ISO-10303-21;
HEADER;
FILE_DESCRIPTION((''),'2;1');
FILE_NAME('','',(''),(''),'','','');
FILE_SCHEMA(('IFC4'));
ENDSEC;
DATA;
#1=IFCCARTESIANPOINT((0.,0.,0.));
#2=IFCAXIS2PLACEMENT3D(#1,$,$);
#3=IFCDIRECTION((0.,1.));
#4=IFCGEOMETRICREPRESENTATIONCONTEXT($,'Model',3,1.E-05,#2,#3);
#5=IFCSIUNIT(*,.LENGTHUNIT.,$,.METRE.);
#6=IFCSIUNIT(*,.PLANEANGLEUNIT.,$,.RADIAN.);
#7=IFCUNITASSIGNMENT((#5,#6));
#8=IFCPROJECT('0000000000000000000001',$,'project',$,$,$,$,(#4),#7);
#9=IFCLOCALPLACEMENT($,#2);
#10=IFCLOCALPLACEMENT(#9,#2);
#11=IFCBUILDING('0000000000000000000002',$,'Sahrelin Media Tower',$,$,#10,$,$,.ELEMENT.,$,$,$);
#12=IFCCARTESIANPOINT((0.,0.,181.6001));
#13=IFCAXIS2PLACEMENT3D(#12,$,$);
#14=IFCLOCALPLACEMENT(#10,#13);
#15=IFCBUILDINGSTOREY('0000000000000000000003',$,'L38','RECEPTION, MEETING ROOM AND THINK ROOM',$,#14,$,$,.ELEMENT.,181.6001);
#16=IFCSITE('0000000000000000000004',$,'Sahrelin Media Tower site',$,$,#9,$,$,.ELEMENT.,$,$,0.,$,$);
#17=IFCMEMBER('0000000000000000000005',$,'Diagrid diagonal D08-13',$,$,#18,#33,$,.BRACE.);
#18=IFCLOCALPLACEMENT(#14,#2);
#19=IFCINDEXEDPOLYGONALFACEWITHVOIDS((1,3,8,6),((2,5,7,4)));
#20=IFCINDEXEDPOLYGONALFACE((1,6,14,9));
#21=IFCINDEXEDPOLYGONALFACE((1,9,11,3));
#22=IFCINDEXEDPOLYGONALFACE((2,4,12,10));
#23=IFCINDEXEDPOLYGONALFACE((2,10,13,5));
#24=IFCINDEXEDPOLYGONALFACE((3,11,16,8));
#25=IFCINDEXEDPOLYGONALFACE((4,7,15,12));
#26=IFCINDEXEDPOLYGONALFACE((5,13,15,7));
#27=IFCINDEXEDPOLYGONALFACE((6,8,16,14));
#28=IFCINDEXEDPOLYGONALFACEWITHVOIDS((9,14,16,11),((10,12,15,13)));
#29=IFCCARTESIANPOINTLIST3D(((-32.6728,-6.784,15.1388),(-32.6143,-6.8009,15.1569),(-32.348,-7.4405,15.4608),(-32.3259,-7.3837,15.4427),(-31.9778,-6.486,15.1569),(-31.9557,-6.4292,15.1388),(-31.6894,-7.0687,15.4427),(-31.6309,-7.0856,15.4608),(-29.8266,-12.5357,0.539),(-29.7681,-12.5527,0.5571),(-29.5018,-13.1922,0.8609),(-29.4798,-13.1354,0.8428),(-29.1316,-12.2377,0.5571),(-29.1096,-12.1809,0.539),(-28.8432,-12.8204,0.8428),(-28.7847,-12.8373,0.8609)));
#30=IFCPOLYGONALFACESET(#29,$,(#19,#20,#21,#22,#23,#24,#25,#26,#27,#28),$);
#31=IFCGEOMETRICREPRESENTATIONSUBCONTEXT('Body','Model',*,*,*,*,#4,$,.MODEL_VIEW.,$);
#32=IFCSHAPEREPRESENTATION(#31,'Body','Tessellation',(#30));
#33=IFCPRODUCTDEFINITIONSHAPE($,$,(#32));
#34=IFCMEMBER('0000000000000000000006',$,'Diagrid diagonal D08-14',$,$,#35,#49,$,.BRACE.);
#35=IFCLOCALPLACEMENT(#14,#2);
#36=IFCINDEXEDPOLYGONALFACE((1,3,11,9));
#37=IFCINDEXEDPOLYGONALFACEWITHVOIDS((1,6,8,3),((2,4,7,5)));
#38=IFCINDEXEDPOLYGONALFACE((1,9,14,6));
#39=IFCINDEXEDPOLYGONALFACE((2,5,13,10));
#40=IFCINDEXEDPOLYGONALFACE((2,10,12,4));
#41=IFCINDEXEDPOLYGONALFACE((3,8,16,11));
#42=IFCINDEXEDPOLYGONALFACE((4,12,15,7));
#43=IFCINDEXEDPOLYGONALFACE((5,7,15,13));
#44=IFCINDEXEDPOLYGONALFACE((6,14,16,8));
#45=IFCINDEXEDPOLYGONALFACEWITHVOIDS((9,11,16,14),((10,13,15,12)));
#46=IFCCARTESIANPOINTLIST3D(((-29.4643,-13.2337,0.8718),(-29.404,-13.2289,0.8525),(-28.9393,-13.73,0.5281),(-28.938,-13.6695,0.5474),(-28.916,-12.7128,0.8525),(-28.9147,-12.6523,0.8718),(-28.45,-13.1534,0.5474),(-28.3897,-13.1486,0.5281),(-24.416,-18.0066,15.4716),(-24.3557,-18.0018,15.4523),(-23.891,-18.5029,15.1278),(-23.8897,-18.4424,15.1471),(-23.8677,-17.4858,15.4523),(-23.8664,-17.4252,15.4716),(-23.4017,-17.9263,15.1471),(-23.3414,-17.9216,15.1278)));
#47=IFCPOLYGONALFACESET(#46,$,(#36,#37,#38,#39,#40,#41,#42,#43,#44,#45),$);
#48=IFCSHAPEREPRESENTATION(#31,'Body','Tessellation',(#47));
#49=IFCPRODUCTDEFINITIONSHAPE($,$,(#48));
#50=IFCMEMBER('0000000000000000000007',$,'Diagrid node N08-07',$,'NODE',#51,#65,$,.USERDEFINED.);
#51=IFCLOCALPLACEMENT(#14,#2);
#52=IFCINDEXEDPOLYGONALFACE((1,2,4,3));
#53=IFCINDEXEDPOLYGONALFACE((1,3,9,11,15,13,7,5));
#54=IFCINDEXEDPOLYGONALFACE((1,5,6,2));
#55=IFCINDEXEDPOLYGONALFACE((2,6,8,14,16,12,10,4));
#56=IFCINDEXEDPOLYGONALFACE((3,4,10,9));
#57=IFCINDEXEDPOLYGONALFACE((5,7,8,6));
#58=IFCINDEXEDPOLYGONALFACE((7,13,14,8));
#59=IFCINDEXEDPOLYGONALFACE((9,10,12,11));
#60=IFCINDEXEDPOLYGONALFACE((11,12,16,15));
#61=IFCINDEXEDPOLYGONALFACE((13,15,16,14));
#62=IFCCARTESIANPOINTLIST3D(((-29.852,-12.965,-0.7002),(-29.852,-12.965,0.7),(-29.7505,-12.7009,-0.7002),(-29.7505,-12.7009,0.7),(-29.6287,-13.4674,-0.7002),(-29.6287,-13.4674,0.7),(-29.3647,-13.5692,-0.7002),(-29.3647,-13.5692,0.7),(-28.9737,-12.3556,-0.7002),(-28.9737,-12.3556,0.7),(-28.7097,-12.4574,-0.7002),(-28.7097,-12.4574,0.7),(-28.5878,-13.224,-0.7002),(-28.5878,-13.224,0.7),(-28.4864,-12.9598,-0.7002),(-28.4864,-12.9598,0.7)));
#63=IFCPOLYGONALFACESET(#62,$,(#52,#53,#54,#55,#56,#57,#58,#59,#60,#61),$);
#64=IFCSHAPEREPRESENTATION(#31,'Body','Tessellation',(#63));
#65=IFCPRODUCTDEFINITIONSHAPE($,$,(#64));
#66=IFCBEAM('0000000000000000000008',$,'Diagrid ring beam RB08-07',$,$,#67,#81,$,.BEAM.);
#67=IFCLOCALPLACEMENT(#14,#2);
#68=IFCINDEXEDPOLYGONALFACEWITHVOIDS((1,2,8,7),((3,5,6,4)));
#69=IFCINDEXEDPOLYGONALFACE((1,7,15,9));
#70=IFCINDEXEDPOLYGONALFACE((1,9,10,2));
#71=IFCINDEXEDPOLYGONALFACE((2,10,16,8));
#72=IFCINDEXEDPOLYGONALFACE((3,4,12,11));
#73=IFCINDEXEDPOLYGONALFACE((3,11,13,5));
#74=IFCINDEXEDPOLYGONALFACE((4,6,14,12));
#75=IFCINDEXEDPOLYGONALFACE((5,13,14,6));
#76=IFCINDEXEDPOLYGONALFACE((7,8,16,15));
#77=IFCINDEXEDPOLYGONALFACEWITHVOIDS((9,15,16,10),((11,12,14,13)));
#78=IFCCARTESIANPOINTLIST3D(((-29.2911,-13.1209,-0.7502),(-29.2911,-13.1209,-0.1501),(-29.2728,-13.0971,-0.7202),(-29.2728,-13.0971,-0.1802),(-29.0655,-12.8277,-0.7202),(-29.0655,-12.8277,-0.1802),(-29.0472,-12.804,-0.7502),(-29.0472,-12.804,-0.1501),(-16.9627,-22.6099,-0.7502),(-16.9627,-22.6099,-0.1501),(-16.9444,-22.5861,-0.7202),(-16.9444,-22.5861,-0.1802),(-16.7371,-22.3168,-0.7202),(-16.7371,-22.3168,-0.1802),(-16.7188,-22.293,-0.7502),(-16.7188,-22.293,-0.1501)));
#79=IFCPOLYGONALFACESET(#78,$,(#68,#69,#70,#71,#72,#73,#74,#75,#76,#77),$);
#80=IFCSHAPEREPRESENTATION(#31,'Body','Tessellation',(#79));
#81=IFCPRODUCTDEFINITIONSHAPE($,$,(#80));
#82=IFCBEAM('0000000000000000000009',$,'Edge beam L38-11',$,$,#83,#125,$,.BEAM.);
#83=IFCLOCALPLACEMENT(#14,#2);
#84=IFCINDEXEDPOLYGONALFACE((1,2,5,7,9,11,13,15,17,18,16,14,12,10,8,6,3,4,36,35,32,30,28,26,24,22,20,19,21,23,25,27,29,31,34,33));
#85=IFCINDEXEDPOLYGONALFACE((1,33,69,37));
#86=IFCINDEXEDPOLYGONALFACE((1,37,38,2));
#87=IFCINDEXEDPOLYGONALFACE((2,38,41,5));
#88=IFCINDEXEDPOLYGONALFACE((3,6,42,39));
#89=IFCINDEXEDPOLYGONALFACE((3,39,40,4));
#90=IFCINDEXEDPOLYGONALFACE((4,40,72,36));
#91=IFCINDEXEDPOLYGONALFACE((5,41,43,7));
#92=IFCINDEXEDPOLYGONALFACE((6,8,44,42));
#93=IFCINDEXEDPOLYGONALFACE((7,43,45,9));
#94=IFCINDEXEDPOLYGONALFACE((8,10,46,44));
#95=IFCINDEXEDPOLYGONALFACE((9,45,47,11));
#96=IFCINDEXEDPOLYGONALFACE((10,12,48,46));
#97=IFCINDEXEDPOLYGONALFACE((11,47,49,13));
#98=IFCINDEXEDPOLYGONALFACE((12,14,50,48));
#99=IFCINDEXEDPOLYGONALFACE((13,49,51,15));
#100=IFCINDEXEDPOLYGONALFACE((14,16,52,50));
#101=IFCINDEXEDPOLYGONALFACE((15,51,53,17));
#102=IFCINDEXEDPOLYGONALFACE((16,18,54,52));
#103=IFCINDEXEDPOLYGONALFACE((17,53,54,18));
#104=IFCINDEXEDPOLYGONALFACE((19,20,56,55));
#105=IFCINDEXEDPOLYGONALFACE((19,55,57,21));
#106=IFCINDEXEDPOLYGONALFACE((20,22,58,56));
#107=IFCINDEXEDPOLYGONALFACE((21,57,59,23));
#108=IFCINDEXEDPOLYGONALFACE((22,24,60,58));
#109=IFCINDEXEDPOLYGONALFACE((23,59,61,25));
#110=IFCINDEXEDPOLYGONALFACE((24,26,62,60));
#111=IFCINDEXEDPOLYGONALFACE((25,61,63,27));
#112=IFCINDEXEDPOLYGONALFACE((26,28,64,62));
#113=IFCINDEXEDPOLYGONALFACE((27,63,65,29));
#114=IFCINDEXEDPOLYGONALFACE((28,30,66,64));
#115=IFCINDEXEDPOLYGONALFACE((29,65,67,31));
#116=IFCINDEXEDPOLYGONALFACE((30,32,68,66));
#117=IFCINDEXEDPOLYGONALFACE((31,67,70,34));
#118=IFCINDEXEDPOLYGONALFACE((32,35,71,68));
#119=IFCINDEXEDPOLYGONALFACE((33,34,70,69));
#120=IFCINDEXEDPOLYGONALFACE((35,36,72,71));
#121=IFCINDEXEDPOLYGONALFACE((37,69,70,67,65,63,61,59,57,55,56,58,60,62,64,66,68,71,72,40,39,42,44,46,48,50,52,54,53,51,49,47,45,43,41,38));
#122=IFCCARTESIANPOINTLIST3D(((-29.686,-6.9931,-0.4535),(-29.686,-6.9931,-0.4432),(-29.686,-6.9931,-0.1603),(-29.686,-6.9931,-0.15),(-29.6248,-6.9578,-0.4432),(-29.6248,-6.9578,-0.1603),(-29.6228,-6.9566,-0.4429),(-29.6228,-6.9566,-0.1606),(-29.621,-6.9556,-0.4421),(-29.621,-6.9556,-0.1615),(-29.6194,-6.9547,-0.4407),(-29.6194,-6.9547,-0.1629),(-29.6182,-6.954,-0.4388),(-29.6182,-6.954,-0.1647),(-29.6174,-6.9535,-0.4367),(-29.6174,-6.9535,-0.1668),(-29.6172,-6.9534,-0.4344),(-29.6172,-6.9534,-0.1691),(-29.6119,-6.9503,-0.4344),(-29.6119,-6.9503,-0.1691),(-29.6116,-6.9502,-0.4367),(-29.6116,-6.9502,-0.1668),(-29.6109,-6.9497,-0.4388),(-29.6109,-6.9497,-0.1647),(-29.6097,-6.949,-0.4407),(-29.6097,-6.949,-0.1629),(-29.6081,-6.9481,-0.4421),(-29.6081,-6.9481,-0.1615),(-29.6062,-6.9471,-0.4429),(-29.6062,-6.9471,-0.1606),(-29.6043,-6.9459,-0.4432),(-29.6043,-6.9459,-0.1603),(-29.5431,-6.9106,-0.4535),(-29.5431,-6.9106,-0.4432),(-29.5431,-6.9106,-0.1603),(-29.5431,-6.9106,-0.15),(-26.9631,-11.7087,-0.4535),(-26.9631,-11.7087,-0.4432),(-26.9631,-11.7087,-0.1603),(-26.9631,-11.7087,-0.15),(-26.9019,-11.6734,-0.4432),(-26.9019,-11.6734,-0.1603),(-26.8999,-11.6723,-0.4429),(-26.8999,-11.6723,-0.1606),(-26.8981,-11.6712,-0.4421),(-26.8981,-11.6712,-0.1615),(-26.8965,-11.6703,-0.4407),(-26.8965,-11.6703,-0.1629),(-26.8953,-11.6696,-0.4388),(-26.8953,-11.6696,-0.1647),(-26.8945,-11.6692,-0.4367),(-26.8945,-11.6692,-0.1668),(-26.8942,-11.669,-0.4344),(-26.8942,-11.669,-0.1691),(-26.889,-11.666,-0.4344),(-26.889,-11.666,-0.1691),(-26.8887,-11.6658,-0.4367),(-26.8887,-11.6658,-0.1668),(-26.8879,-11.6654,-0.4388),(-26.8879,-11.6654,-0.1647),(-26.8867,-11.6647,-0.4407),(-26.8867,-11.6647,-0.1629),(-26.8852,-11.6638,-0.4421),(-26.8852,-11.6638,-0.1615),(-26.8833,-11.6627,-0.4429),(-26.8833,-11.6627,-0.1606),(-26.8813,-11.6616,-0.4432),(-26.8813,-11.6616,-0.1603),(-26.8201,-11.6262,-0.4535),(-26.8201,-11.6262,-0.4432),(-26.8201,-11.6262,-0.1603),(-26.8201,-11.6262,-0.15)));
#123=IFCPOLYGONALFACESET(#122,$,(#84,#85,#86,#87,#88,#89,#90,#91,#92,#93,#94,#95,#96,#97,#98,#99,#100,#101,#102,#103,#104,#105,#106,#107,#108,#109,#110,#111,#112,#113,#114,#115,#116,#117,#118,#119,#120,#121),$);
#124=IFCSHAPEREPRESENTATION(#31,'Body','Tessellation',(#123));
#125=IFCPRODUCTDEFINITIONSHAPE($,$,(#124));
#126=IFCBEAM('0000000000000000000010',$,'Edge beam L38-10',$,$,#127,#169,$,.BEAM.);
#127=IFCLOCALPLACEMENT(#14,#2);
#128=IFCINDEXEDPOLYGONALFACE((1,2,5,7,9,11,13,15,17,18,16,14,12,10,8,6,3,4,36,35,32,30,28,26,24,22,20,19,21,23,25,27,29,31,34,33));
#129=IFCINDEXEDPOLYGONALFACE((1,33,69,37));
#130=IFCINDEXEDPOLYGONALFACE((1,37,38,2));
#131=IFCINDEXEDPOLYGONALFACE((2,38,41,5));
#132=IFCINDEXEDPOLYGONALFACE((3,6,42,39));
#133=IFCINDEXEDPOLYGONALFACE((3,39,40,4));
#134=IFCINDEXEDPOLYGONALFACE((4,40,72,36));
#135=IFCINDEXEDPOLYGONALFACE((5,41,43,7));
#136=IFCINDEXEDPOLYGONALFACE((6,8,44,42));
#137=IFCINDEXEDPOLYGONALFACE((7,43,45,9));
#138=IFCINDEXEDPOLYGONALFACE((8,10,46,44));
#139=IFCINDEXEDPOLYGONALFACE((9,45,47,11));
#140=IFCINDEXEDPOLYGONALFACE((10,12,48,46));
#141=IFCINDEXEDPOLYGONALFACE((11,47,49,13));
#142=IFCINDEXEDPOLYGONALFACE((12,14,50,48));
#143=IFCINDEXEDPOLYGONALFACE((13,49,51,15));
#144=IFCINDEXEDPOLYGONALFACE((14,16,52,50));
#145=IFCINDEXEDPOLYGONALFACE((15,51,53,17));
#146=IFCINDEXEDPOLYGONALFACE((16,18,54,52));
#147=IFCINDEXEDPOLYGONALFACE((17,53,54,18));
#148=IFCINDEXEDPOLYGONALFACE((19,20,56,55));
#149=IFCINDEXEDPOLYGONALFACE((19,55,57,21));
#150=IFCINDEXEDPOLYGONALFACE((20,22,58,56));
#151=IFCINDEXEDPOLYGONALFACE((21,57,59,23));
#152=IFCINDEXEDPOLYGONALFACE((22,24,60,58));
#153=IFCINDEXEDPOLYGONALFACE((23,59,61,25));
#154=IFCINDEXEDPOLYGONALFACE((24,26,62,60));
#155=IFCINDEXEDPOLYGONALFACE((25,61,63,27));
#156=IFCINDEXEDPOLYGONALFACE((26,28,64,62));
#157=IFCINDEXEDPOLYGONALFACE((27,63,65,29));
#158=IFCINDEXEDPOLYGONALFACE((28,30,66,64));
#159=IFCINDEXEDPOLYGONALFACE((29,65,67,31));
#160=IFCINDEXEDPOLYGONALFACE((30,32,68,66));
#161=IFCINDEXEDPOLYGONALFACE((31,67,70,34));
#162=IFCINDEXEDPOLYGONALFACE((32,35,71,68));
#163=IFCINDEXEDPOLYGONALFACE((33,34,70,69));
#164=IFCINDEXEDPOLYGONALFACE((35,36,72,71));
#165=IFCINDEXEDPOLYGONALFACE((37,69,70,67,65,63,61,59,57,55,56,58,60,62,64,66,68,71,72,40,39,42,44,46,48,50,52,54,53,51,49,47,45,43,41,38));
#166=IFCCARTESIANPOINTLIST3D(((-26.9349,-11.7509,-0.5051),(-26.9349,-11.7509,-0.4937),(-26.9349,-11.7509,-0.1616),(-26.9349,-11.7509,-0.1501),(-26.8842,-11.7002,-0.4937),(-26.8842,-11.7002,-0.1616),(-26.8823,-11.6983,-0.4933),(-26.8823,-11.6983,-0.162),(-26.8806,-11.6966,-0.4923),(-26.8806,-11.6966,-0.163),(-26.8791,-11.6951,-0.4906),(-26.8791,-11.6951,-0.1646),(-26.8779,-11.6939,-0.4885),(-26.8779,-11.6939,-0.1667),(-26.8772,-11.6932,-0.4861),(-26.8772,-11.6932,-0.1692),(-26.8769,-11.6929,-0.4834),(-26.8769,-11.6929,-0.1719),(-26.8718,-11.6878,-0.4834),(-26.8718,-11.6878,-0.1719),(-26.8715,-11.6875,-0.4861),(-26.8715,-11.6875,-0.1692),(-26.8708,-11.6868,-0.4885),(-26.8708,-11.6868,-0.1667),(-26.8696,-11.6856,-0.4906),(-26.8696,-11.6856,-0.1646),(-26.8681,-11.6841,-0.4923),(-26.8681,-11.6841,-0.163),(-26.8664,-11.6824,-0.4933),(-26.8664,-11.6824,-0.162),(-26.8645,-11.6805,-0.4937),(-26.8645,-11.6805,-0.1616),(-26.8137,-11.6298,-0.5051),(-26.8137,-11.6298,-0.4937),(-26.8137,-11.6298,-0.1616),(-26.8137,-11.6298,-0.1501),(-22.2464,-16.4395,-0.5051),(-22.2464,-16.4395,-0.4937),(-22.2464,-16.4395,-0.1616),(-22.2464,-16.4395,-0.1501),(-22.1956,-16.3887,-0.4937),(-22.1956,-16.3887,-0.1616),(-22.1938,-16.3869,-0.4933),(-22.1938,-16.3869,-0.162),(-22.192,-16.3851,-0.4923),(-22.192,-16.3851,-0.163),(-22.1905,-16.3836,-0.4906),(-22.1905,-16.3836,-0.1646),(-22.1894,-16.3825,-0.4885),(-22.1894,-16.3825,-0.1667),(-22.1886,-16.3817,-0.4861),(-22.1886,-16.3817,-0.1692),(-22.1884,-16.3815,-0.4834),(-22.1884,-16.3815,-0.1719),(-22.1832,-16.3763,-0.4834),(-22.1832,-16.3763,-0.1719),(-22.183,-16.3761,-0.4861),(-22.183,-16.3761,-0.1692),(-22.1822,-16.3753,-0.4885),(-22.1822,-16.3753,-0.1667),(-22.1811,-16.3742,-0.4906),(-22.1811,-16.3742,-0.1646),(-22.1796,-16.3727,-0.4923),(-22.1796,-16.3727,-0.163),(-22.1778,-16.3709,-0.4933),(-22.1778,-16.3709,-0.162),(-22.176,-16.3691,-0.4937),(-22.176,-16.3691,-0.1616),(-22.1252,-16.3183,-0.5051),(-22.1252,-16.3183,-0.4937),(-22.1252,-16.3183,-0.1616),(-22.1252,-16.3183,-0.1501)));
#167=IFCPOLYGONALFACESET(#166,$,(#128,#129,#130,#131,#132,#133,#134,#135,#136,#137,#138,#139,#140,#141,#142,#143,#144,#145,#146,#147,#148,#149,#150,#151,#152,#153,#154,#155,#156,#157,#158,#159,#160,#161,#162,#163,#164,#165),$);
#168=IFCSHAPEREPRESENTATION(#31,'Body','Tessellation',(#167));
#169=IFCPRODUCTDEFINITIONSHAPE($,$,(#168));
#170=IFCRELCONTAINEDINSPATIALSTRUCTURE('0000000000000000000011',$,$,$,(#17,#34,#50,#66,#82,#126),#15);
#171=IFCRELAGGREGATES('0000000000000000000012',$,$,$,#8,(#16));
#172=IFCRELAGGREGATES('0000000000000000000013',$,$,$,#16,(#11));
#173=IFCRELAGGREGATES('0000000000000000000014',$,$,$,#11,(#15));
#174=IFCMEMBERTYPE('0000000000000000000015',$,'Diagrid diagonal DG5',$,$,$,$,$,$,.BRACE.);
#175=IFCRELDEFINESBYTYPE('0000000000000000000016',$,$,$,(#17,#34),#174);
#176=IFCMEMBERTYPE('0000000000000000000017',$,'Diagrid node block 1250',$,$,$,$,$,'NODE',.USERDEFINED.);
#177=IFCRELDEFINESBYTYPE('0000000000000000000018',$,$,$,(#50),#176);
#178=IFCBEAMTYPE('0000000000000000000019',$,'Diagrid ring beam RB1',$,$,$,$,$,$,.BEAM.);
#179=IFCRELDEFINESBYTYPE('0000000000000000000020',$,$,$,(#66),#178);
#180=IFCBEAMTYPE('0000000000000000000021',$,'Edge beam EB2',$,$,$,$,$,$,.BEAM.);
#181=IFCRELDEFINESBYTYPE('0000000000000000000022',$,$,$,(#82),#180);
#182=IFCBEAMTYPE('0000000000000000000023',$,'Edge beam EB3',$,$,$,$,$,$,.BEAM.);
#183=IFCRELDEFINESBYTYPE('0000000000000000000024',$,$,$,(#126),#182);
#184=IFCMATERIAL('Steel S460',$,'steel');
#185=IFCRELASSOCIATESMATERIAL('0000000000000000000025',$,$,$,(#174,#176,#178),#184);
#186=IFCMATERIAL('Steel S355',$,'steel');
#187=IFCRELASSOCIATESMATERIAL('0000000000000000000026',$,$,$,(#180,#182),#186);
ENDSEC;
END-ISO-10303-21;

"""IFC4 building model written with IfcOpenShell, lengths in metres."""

from ifc_helpers import new_model, si_unit, direction, frame, origin, origin_2d, place, context, subcontext, project, spatial, polyline, hollow_rectangle, i_section, outline, extrude, material, material_profile, profile_set, type_object, element, save


model = new_model("IFC4")

# Units and contexts
model_context = context("Model", 3, precision=1e-05, world=origin(), true_north=direction((0.0, 1.0)))
body_context = subcontext(model_context, "Body", "Model", "MODEL_VIEW")
ifc_project = project(units=[si_unit("LENGTHUNIT", "METRE"), si_unit("PLANEANGLEUNIT", "RADIAN")], contexts=[model_context])

# Site, building, storey
site_placement = place(None, origin())
site = spatial("IfcSite", under=ifc_project, at=site_placement, Name="Sahrelin Media Tower site", CompositionType="ELEMENT", RefElevation=0.0)
building_placement = place(site_placement, origin())
building = spatial("IfcBuilding", under=site, at=building_placement, Name="Sahrelin Media Tower", CompositionType="ELEMENT")
storey_placement = place(building_placement, frame((0.0, 0.0, 181.6001)))
storey = spatial("IfcBuildingStorey", under=building, at=storey_placement, Name="L38", Description="RECEPTION, MEETING ROOM AND THINK ROOM", CompositionType="ELEMENT", Elevation=181.6001)

# Members
ifc_material_1 = material(Name="Steel S460", Category="steel")
ifc_material_profile_1 = material_profile(ifc_material_1, hollow_rectangle(XDim=0.8, YDim=0.8, WallThickness=0.0449, at=origin_2d()), Name="Diagrid diagonal DG5")
ifc_profile_set_1 = profile_set([ifc_material_profile_1], Name="Steel S460")
member_type_1 = type_object("IfcMemberType", Name="Diagrid diagonal DG5", PredefinedType="BRACE", material=ifc_profile_set_1)
member_1_placement = place(storey_placement, frame((-29.3057, -12.6865, 0.7), z_axis=(-0.178467, 0.360654, 0.915466), x_axis=(-0.896268, -0.443512, 0.0)))
element("IfcMember", 1, at=member_1_placement, inside=storey, type_object=member_type_1, Name="Diagrid diagonal D08-13", PredefinedType="BRACE", context=body_context, shape_type="SweptSolid", body=[
    extrude(hollow_rectangle(XDim=0.8, YDim=0.8, WallThickness=0.0449, at=origin_2d()), origin(), (0.0, 0.0, 1.0), 15.948),
])
member_2_placement = place(storey_placement, frame((-28.927, -13.1912, 0.7), z_axis=(0.312232, -0.295199, 0.902978), x_axis=(0.687009, 0.726649, 0.0)))
element("IfcMember", 2, at=member_2_placement, inside=storey, type_object=member_type_1, Name="Diagrid diagonal D08-14", PredefinedType="BRACE", context=body_context, shape_type="SweptSolid", body=[
    extrude(hollow_rectangle(XDim=0.8, YDim=0.8, WallThickness=0.0449, at=origin_2d()), origin(), (0.0, 0.0, 1.0), 16.1685),
])
ifc_material_profile_2 = material_profile(ifc_material_1, outline(polyline([(0.425, -0.4751), (0.625, -0.2749), (0.625, 0.2749), (0.425, 0.4751), (-0.425, 0.4751), (-0.625, 0.2749), (-0.625, -0.2749), (-0.425, -0.4751), (0.425, -0.4751)])), Name="Diagrid node block 1250")
ifc_profile_set_2 = profile_set([ifc_material_profile_2], Name="Steel S460")
member_type_2 = type_object("IfcMemberType", Name="Diagrid node block 1250", ElementType="NODE", PredefinedType="USERDEFINED", material=ifc_profile_set_2)
member_3_placement = place(storey_placement, frame((-29.1692, -12.9624, -0.7002), z_axis=(0.0, 0.0, 1.0), x_axis=(-0.913831, -0.406094, 0.0)))
element("IfcMember", 3, at=member_3_placement, inside=storey, type_object=member_type_2, Name="Diagrid node N08-07", ObjectType="NODE", PredefinedType="USERDEFINED", context=body_context, shape_type="SweptSolid", body=[
    extrude(outline(polyline([(0.425, -0.4751), (0.625, -0.2749), (0.625, 0.2749), (0.425, 0.4751), (-0.425, 0.4751), (-0.625, 0.2749), (-0.625, -0.2749), (-0.425, -0.4751), (0.425, -0.4751)])), origin(), (0.0, 0.0, 1.0), 1.4001),
])

# Beams
ifc_material_profile_3 = material_profile(ifc_material_1, hollow_rectangle(XDim=0.3999, YDim=0.6001, WallThickness=0.03, at=origin_2d()), Name="Diagrid ring beam RB1")
ifc_profile_set_3 = profile_set([ifc_material_profile_3], Name="Steel S460")
beam_type_1 = type_object("IfcBeamType", Name="Diagrid ring beam RB1", PredefinedType="BEAM", material=ifc_profile_set_3)
beam_1_placement = place(storey_placement, frame((-29.1692, -12.9624, -0.4502), z_axis=(0.792448, -0.609939, 0.0), x_axis=(0.609939, 0.792448, 0.0)))
element("IfcBeam", 4, at=beam_1_placement, inside=storey, type_object=beam_type_1, Name="Diagrid ring beam RB08-07", PredefinedType="BEAM", context=body_context, shape_type="SweptSolid", body=[
    extrude(hollow_rectangle(XDim=0.3999, YDim=0.6001, WallThickness=0.03, at=origin_2d()), origin(), (0.0, 0.0, 1.0), 15.5574),
])
ifc_material_2 = material(Name="Steel S355", Category="steel")
ifc_material_profile_4 = material_profile(ifc_material_2, i_section(OverallWidth=0.165, OverallDepth=0.3035, WebThickness=0.0061, FlangeThickness=0.0103, FilletRadius=0.0088, at=origin_2d()), Name="UB 305x165x40")
ifc_profile_set_4 = profile_set([ifc_material_profile_4], Name="Steel S355")
beam_type_2 = type_object("IfcBeamType", Name="Edge beam EB2", PredefinedType="BEAM", material=ifc_profile_set_4)
beam_2_placement = place(storey_placement, frame((-26.8916, -11.6675, -0.3018), z_axis=(-0.50005, 0.865997, 0.0), x_axis=(-0.865997, -0.50005, 0.0)))
element("IfcBeam", 5, at=beam_2_placement, inside=storey, type_object=beam_type_2, Name="Edge beam L38-11", PredefinedType="BEAM", context=body_context, shape_type="SweptSolid", body=[
    extrude(i_section(OverallWidth=0.165, OverallDepth=0.3035, WebThickness=0.0061, FlangeThickness=0.0103, FilletRadius=0.0088, at=origin_2d()), origin(), (0.0, 0.0, 1.0), 5.4453),
])
ifc_material_profile_5 = material_profile(ifc_material_2, i_section(OverallWidth=0.1714, OverallDepth=0.355, WebThickness=0.0073, FlangeThickness=0.0115, FilletRadius=0.0103, at=origin_2d()), Name="UB 356x171x51")
ifc_profile_set_5 = profile_set([ifc_material_profile_5], Name="Steel S355")
beam_type_3 = type_object("IfcBeamType", Name="Edge beam EB3", PredefinedType="BEAM", material=ifc_profile_set_5)
beam_3_placement = place(storey_placement, frame((-22.1858, -16.3789, -0.3276), z_axis=(-0.707107, 0.707107, 0.0), x_axis=(-0.707107, -0.707107, 0.0)))
element("IfcBeam", 6, at=beam_3_placement, inside=storey, type_object=beam_type_3, Name="Edge beam L38-10", PredefinedType="BEAM", context=body_context, shape_type="SweptSolid", body=[
    extrude(i_section(OverallWidth=0.1714, OverallDepth=0.355, WebThickness=0.0073, FlangeThickness=0.0115, FilletRadius=0.0103, at=origin_2d()), origin(), (0.0, 0.0, 1.0), 6.6306),
])

save(model, "model.ifc")
